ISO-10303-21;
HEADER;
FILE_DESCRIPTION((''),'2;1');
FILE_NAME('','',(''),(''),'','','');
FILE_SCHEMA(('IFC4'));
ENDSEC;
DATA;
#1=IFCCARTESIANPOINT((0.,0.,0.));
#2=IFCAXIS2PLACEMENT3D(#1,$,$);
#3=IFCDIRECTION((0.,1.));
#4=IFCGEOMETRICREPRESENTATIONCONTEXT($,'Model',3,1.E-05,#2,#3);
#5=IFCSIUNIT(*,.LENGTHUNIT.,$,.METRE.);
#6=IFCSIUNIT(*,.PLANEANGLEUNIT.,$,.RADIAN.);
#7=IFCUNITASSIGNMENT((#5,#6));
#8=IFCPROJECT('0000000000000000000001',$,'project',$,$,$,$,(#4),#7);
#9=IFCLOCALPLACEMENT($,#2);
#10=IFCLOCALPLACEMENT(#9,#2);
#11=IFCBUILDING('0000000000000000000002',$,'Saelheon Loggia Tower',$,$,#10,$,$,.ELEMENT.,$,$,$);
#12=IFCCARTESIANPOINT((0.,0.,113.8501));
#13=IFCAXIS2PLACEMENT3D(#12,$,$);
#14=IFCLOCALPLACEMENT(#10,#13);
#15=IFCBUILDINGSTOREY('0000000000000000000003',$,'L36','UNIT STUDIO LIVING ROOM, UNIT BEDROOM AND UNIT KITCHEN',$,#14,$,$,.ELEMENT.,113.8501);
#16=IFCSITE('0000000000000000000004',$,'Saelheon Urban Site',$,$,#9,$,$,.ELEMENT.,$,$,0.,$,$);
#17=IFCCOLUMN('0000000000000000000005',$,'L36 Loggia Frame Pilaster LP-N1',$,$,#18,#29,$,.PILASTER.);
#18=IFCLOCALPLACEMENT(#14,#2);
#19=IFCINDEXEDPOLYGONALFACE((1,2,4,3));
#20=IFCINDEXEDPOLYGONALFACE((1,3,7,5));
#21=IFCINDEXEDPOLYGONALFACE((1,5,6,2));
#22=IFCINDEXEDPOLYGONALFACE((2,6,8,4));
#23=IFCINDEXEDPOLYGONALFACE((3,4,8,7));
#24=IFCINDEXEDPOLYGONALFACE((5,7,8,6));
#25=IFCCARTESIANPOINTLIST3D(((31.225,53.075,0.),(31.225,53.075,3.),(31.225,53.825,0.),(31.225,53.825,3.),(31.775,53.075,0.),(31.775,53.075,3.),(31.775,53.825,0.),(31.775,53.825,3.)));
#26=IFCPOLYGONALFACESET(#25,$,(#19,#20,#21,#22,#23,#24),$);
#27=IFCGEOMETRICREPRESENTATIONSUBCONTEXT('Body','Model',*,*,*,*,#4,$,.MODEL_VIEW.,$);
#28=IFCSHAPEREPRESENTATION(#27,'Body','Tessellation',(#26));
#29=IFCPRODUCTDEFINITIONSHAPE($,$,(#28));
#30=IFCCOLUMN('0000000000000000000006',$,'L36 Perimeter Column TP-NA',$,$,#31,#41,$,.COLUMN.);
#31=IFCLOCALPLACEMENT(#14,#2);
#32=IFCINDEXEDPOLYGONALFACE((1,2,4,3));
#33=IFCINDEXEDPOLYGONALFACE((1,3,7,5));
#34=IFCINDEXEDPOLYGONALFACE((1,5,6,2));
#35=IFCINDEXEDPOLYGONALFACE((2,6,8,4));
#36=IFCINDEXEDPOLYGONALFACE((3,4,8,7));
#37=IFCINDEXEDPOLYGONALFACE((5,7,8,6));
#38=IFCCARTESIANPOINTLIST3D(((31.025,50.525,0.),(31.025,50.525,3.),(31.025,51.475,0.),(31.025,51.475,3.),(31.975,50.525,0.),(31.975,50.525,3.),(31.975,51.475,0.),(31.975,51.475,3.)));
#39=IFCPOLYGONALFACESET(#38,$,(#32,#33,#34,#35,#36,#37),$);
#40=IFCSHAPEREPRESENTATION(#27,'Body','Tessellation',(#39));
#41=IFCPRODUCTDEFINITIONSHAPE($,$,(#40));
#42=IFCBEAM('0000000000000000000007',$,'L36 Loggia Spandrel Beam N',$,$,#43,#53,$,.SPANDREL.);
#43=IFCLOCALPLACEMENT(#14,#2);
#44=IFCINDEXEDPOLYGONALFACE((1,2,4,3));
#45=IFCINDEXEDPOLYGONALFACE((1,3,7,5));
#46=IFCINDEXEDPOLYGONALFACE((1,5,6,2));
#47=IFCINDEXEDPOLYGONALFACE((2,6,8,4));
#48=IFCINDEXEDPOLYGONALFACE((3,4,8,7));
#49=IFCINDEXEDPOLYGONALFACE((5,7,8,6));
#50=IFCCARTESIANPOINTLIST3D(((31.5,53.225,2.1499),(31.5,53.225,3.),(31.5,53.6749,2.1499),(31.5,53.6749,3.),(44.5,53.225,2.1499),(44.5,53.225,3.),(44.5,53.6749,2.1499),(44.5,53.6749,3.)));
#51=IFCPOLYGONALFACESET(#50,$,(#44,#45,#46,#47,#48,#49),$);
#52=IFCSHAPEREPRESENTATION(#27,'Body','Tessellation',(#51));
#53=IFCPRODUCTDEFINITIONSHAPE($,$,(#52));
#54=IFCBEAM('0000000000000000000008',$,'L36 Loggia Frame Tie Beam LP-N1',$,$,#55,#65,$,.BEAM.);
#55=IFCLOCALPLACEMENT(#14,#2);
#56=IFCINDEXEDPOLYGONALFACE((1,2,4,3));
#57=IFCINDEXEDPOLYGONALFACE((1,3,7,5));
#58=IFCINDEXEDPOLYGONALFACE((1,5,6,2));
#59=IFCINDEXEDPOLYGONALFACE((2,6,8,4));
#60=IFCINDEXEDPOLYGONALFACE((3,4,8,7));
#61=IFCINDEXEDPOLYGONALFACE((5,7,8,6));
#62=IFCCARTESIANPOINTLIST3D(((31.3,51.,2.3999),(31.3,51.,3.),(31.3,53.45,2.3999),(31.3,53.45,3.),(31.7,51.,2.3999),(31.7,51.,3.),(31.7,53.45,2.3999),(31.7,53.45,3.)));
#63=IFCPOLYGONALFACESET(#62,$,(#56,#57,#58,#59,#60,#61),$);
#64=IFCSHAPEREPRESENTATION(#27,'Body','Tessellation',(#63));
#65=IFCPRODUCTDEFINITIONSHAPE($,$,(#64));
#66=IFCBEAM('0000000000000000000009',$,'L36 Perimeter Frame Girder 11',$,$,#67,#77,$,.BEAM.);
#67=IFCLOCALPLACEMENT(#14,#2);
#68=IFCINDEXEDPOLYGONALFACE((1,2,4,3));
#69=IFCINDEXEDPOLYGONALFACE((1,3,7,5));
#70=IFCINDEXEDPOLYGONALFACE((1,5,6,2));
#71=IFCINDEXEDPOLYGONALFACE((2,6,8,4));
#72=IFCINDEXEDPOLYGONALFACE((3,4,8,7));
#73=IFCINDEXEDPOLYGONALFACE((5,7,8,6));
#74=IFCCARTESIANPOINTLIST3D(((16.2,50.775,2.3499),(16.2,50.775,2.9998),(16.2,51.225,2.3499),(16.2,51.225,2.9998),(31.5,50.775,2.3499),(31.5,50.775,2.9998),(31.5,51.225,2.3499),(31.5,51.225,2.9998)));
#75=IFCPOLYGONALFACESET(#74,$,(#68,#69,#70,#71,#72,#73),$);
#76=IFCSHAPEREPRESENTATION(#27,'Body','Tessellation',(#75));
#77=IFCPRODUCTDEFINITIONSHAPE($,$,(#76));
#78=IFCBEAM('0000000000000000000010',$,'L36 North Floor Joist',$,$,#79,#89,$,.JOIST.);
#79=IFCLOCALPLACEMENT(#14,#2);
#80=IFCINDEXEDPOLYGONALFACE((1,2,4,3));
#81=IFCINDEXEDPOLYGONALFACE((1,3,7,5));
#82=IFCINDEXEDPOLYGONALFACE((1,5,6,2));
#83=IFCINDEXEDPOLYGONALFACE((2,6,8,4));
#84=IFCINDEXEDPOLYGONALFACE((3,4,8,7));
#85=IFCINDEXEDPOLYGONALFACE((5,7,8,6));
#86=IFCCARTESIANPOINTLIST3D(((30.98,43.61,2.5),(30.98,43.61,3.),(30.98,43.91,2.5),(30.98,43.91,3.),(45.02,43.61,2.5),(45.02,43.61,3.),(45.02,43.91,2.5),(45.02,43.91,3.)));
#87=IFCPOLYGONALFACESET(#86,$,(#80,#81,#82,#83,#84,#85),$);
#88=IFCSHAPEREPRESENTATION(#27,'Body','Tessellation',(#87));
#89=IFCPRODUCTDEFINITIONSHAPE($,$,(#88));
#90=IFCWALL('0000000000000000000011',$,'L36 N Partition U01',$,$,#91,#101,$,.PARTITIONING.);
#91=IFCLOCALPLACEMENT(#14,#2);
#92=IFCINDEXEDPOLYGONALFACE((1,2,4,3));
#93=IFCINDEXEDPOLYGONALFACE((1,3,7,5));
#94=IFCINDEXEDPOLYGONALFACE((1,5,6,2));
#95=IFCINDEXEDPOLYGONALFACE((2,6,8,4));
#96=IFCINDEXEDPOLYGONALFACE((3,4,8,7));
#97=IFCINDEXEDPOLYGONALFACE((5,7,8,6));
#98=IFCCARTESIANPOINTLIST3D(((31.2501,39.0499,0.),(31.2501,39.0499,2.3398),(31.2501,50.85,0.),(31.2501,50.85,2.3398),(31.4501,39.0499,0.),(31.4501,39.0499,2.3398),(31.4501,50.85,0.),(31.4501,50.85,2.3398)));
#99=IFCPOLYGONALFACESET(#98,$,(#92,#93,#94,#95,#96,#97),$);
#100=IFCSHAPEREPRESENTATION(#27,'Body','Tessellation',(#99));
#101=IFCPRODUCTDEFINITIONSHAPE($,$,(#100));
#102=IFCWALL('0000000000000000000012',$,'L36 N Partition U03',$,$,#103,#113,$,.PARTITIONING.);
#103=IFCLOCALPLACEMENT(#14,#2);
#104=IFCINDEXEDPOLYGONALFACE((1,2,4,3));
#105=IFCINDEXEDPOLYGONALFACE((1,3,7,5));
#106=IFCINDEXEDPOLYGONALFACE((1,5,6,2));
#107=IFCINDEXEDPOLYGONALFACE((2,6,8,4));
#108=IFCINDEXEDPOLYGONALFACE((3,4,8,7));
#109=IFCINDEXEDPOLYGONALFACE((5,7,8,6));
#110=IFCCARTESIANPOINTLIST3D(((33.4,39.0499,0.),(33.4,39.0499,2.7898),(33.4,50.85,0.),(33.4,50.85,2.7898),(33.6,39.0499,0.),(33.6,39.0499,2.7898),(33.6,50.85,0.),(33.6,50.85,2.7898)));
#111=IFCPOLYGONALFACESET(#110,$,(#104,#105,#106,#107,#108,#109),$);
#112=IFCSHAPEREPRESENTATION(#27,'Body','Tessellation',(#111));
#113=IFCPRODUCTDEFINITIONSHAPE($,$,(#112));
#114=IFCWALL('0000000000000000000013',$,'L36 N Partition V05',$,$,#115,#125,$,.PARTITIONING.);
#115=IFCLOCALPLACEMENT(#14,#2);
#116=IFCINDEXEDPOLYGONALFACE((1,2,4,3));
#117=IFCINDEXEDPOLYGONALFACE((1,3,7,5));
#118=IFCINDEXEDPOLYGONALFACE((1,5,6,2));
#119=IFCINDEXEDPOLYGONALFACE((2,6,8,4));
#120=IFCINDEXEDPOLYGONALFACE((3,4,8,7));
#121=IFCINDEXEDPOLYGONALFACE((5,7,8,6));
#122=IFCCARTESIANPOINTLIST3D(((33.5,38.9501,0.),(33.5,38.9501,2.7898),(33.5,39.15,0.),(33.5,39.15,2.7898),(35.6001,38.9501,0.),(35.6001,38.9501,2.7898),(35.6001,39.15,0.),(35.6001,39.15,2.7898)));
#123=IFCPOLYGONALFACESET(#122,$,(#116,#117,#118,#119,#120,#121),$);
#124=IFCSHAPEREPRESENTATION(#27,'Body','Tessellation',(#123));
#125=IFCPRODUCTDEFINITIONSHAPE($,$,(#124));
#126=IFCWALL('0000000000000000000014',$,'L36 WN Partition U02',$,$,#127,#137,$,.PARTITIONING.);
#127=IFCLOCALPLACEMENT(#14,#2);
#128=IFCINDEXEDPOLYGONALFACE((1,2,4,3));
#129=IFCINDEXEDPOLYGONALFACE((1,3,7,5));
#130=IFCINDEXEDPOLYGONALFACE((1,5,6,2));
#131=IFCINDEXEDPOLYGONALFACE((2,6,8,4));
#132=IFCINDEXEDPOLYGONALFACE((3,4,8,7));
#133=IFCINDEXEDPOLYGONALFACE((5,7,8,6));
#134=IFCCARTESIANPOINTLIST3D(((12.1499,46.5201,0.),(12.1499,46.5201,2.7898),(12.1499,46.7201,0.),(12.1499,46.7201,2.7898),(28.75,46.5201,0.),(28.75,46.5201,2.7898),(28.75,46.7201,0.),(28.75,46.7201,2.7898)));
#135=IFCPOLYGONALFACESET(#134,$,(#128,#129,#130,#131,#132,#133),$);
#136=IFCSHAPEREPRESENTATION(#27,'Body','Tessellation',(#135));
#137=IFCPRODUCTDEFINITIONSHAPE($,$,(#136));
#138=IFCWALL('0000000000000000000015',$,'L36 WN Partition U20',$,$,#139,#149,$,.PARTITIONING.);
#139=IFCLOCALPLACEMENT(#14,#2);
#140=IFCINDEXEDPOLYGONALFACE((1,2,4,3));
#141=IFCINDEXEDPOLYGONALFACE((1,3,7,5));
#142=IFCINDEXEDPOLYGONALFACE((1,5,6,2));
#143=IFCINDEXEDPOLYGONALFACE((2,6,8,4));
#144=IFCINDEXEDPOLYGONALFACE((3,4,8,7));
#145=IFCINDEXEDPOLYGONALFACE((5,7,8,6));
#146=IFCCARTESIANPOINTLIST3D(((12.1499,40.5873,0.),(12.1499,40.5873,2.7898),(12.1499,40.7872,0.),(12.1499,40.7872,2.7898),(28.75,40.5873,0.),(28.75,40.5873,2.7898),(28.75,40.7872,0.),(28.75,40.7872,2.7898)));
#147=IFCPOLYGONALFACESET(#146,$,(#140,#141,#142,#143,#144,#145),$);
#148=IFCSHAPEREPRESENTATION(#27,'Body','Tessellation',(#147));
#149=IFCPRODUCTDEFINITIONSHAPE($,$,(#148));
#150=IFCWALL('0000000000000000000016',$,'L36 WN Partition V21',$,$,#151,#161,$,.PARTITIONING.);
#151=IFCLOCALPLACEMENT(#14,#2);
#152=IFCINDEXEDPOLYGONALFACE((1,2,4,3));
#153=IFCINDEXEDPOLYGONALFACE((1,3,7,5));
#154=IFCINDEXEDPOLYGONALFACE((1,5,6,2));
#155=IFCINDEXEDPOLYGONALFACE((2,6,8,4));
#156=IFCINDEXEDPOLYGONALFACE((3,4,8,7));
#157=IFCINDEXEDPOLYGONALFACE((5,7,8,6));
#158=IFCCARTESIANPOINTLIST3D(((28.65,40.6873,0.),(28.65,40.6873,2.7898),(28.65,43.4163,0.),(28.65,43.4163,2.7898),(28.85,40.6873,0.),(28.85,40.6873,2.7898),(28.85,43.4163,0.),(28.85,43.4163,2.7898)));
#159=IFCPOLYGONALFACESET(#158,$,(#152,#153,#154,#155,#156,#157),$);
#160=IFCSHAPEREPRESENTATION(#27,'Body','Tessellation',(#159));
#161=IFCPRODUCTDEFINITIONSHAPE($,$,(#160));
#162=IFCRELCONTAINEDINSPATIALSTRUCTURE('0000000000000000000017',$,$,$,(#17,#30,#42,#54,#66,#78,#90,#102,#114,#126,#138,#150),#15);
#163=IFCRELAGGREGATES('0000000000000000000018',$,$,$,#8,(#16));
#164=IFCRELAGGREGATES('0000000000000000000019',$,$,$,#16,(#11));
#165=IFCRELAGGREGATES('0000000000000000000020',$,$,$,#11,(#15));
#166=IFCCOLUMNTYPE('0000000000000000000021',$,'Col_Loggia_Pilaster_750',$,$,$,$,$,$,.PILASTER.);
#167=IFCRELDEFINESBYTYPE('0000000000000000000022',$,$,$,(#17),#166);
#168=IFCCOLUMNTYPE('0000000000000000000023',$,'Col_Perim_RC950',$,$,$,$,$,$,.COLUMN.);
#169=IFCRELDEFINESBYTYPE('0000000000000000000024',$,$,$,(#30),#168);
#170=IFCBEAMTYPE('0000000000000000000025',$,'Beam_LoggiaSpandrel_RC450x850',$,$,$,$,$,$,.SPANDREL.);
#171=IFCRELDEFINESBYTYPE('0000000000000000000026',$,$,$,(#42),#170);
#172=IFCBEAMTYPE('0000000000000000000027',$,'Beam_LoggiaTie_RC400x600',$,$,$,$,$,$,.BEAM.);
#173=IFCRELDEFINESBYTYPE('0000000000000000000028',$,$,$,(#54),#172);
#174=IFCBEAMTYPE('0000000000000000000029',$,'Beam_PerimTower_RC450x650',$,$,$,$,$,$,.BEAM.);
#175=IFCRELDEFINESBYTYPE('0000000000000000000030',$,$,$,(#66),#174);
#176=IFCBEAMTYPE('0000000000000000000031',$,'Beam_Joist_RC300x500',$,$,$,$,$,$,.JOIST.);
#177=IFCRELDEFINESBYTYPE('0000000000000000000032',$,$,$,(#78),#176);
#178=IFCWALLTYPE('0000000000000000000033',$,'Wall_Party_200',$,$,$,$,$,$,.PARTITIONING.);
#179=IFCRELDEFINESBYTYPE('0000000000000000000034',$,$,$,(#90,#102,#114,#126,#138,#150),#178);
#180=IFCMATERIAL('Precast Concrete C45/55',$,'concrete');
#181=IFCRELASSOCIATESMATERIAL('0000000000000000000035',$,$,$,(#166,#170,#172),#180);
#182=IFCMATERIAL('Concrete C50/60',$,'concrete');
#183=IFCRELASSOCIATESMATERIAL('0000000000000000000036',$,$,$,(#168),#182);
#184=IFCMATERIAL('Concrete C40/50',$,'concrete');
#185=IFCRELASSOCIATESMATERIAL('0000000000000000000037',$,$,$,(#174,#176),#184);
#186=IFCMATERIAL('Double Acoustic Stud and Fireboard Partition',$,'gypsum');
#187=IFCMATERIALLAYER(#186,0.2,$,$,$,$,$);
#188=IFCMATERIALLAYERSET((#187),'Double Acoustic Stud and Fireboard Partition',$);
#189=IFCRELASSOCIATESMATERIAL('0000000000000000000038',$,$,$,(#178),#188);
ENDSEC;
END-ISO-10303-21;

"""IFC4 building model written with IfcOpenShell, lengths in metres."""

from ifc_helpers import new_model, si_unit, direction, frame, frame_2d, origin, origin_2d, place, context, subcontext, project, spatial, rectangle, extrude, source, transform, mapped, material, layer, layer_set, material_profile, profile_set, type_object, element, save


model = new_model("IFC4")

# Units and contexts
model_context = context("Model", 3, precision=1e-05, world=origin(), true_north=direction((0.0, 1.0)))
body_context = subcontext(model_context, "Body", "Model", "MODEL_VIEW")
ifc_project = project(units=[si_unit("LENGTHUNIT", "METRE"), si_unit("PLANEANGLEUNIT", "RADIAN")], contexts=[model_context])

# Site, building, storey
site_placement = place(None, origin())
site = spatial("IfcSite", under=ifc_project, at=site_placement, Name="Saelheon Urban Site", CompositionType="ELEMENT", RefElevation=0.0)
building_placement = place(site_placement, origin())
building = spatial("IfcBuilding", under=site, at=building_placement, Name="Saelheon Loggia Tower", CompositionType="ELEMENT")
storey_placement = place(building_placement, frame((0.0, 0.0, 113.8501)))
storey = spatial("IfcBuildingStorey", under=building, at=storey_placement, Name="L36", Description="UNIT STUDIO LIVING ROOM, UNIT BEDROOM AND UNIT KITCHEN", CompositionType="ELEMENT", Elevation=113.8501)

# Columns
ifc_material_1 = material(Name="Precast Concrete C45/55", Category="concrete")
ifc_material_profile_1 = material_profile(ifc_material_1, rectangle(XDim=0.55, YDim=0.75, at=origin_2d()), Name="RC-550x750")
ifc_profile_set_1 = profile_set([ifc_material_profile_1], Name="Precast Concrete C45/55")
column_type_1 = type_object("IfcColumnType", Name="Col_Loggia_Pilaster_750", PredefinedType="PILASTER", material=ifc_profile_set_1)
shared_shape_1 = source(origin(), body_context, "Body", "SweptSolid", [
    extrude(rectangle(XDim=0.55, YDim=0.75, at=origin_2d()), origin(), (0.0, 0.0, 1.0), 3.0),
])
column_1_placement = place(storey_placement, frame((31.5, 53.45, 0.0), z_axis=(0.0, 0.0, 1.0), x_axis=(1.0, 0.0, 0.0)))
element("IfcColumn", 1, at=column_1_placement, inside=storey, type_object=column_type_1, Name="L36 Loggia Frame Pilaster LP-N1", PredefinedType="PILASTER", context=body_context, shape_type="MappedRepresentation", body=[
    mapped(shared_shape_1, transform((0.0, 0.0, 0.0), scale=1.0)),
])
ifc_material_2 = material(Name="Concrete C50/60", Category="concrete")
ifc_material_profile_2 = material_profile(ifc_material_2, rectangle(XDim=0.95, YDim=0.95, at=origin_2d()), Name="RC-950x950")
ifc_profile_set_2 = profile_set([ifc_material_profile_2], Name="Concrete C50/60")
column_type_2 = type_object("IfcColumnType", Name="Col_Perim_RC950", PredefinedType="COLUMN", material=ifc_profile_set_2)
shared_shape_2 = source(origin(), body_context, "Body", "SweptSolid", [
    extrude(rectangle(XDim=0.95, YDim=0.95, at=origin_2d()), origin(), (0.0, 0.0, 1.0), 3.0),
])
column_2_placement = place(storey_placement, frame((31.5, 51.0, 0.0), z_axis=(0.0, 0.0, 1.0), x_axis=(1.0, 0.0, 0.0)))
element("IfcColumn", 2, at=column_2_placement, inside=storey, type_object=column_type_2, Name="L36 Perimeter Column TP-NA", PredefinedType="COLUMN", context=body_context, shape_type="MappedRepresentation", body=[
    mapped(shared_shape_2, transform((0.0, 0.0, 0.0), scale=1.0)),
])

# Beams
ifc_material_profile_3 = material_profile(ifc_material_1, rectangle(XDim=0.45, YDim=0.8501, at=origin_2d()), Name="RC-450x850")
ifc_profile_set_3 = profile_set([ifc_material_profile_3], Name="Precast Concrete C45/55")
beam_type_1 = type_object("IfcBeamType", Name="Beam_LoggiaSpandrel_RC450x850", PredefinedType="SPANDREL", material=ifc_profile_set_3)
shared_shape_3 = source(origin(), body_context, "Body", "SweptSolid", [
    extrude(rectangle(XDim=0.45, YDim=0.8501, at=origin_2d()), origin(), (0.0, 0.0, 1.0), 13.0),
])
beam_1_placement = place(storey_placement, frame((31.5, 53.45, 2.575), z_axis=(1.0, 0.0, 0.0), x_axis=(0.0, 1.0, 0.0)))
element("IfcBeam", 3, at=beam_1_placement, inside=storey, type_object=beam_type_1, Name="L36 Loggia Spandrel Beam N", PredefinedType="SPANDREL", context=body_context, shape_type="MappedRepresentation", body=[
    mapped(shared_shape_3, transform((0.0, 0.0, 0.0), scale=1.0)),
])
ifc_material_profile_4 = material_profile(ifc_material_1, rectangle(XDim=0.3999, YDim=0.6001, at=origin_2d()), Name="RC-400x600")
ifc_profile_set_4 = profile_set([ifc_material_profile_4], Name="Precast Concrete C45/55")
beam_type_2 = type_object("IfcBeamType", Name="Beam_LoggiaTie_RC400x600", PredefinedType="BEAM", material=ifc_profile_set_4)
shared_shape_4 = source(origin(), body_context, "Body", "SweptSolid", [
    extrude(rectangle(XDim=0.3999, YDim=0.6001, at=origin_2d()), origin(), (0.0, 0.0, 1.0), 2.45),
])
beam_2_placement = place(storey_placement, frame((31.5, 51.0, 2.7), z_axis=(0.0, 1.0, 0.0), x_axis=(-1.0, 0.0, 0.0)))
element("IfcBeam", 4, at=beam_2_placement, inside=storey, type_object=beam_type_2, Name="L36 Loggia Frame Tie Beam LP-N1", PredefinedType="BEAM", context=body_context, shape_type="MappedRepresentation", body=[
    mapped(shared_shape_4, transform((0.0, 0.0, 0.0), scale=1.0)),
])
ifc_material_3 = material(Name="Concrete C40/50", Category="concrete")
ifc_material_profile_5 = material_profile(ifc_material_3, rectangle(XDim=0.45, YDim=0.6499, at=origin_2d()), Name="RC-450x650")
ifc_profile_set_5 = profile_set([ifc_material_profile_5], Name="Concrete C40/50")
beam_type_3 = type_object("IfcBeamType", Name="Beam_PerimTower_RC450x650", PredefinedType="BEAM", material=ifc_profile_set_5)
shared_shape_5 = source(origin(), body_context, "Body", "SweptSolid", [
    extrude(rectangle(XDim=0.45, YDim=0.6499, at=origin_2d()), origin(), (0.0, 0.0, 1.0), 15.3),
])
beam_3_placement = place(storey_placement, frame((31.5, 51.0, 2.6748), z_axis=(-1.0, 0.0, 0.0), x_axis=(0.0, -1.0, 0.0)))
element("IfcBeam", 5, at=beam_3_placement, inside=storey, type_object=beam_type_3, Name="L36 Perimeter Frame Girder 11", PredefinedType="BEAM", context=body_context, shape_type="MappedRepresentation", body=[
    mapped(shared_shape_5, transform((0.0, 0.0, 0.0), scale=1.0)),
])
ifc_material_profile_6 = material_profile(ifc_material_3, rectangle(XDim=0.3, YDim=0.5, at=origin_2d()), Name="RC-300x500")
ifc_profile_set_6 = profile_set([ifc_material_profile_6], Name="Concrete C40/50")
beam_type_4 = type_object("IfcBeamType", Name="Beam_Joist_RC300x500", PredefinedType="JOIST", material=ifc_profile_set_6)
shared_shape_6 = source(origin(), body_context, "Body", "SweptSolid", [
    extrude(rectangle(XDim=0.3, YDim=0.5, at=origin_2d()), origin(), (0.0, 0.0, 1.0), 14.04),
])
beam_4_placement = place(storey_placement, frame((30.98, 43.76, 2.75), z_axis=(1.0, 0.0, 0.0), x_axis=(0.0, 1.0, 0.0)))
element("IfcBeam", 6, at=beam_4_placement, inside=storey, type_object=beam_type_4, Name="L36 North Floor Joist", PredefinedType="JOIST", context=body_context, shape_type="MappedRepresentation", body=[
    mapped(shared_shape_6, transform((0.0, 0.0, 0.0), scale=1.0)),
])

# Walls
ifc_material_4 = material(Name="Double Acoustic Stud and Fireboard Partition", Category="gypsum")
ifc_layer_1 = layer(ifc_material_4, 0.2)
ifc_layer_set_1 = layer_set([ifc_layer_1], Name="Double Acoustic Stud and Fireboard Partition")
wall_type_1 = type_object("IfcWallType", Name="Wall_Party_200", PredefinedType="PARTITIONING", material=ifc_layer_set_1)
wall_1_placement = place(storey_placement, frame((31.3501, 39.05, 0.0), z_axis=(0.0, 0.0, 1.0), x_axis=(0.0, 1.0, 0.0)))
element("IfcWall", 7, at=wall_1_placement, inside=storey, type_object=wall_type_1, Name="L36 N Partition U01", PredefinedType="PARTITIONING", context=body_context, shape_type="SweptSolid", body=[
    extrude(rectangle(XDim=11.8, YDim=0.2, at=frame_2d((5.8999, 0.0))), origin(), (0.0, 0.0, 1.0), 2.3398),
])
wall_2_placement = place(storey_placement, frame((33.5, 39.05, 0.0), z_axis=(0.0, 0.0, 1.0), x_axis=(0.0, 1.0, 0.0)))
element("IfcWall", 8, at=wall_2_placement, inside=storey, type_object=wall_type_1, Name="L36 N Partition U03", PredefinedType="PARTITIONING", context=body_context, shape_type="SweptSolid", body=[
    extrude(rectangle(XDim=11.8, YDim=0.2, at=frame_2d((5.8999, 0.0))), origin(), (0.0, 0.0, 1.0), 2.7898),
])
wall_3_placement = place(storey_placement, frame((33.5, 39.05, 0.0), z_axis=(0.0, 0.0, 1.0), x_axis=(1.0, 0.0, 0.0)))
element("IfcWall", 9, at=wall_3_placement, inside=storey, type_object=wall_type_1, Name="L36 N Partition V05", PredefinedType="PARTITIONING", context=body_context, shape_type="SweptSolid", body=[
    extrude(rectangle(XDim=2.1001, YDim=0.2, at=frame_2d((1.05, 0.0))), origin(), (0.0, 0.0, 1.0), 2.7898),
])
for number, where, z_axis, x_axis, name in (
    (10, (28.75, 46.6201, 0.0), (0.0, 0.0, 1.0), (-1.0, 0.0, 0.0), "L36 WN Partition U02"),
    (11, (28.75, 40.6873, 0.0), (0.0, 0.0, 1.0), (-1.0, 0.0, 0.0), "L36 WN Partition U20"),
):
    element("IfcWall", number, at=place(storey_placement, frame(where, z_axis=z_axis, x_axis=x_axis)), inside=storey, type_object=wall_type_1, Name=name, PredefinedType="PARTITIONING", context=body_context, shape_type="SweptSolid", body=[
        extrude(rectangle(XDim=16.6001, YDim=0.2, at=frame_2d((8.3, 0.0))), origin(), (0.0, 0.0, 1.0), 2.7898),
    ])
wall_4_placement = place(storey_placement, frame((28.75, 40.6873, 0.0), z_axis=(0.0, 0.0, 1.0), x_axis=(0.0, 1.0, 0.0)))
element("IfcWall", 12, at=wall_4_placement, inside=storey, type_object=wall_type_1, Name="L36 WN Partition V21", PredefinedType="PARTITIONING", context=body_context, shape_type="SweptSolid", body=[
    extrude(rectangle(XDim=2.729, YDim=0.2, at=frame_2d((1.3645, 0.0))), origin(), (0.0, 0.0, 1.0), 2.7898),
])

save(model, "model.ifc")
